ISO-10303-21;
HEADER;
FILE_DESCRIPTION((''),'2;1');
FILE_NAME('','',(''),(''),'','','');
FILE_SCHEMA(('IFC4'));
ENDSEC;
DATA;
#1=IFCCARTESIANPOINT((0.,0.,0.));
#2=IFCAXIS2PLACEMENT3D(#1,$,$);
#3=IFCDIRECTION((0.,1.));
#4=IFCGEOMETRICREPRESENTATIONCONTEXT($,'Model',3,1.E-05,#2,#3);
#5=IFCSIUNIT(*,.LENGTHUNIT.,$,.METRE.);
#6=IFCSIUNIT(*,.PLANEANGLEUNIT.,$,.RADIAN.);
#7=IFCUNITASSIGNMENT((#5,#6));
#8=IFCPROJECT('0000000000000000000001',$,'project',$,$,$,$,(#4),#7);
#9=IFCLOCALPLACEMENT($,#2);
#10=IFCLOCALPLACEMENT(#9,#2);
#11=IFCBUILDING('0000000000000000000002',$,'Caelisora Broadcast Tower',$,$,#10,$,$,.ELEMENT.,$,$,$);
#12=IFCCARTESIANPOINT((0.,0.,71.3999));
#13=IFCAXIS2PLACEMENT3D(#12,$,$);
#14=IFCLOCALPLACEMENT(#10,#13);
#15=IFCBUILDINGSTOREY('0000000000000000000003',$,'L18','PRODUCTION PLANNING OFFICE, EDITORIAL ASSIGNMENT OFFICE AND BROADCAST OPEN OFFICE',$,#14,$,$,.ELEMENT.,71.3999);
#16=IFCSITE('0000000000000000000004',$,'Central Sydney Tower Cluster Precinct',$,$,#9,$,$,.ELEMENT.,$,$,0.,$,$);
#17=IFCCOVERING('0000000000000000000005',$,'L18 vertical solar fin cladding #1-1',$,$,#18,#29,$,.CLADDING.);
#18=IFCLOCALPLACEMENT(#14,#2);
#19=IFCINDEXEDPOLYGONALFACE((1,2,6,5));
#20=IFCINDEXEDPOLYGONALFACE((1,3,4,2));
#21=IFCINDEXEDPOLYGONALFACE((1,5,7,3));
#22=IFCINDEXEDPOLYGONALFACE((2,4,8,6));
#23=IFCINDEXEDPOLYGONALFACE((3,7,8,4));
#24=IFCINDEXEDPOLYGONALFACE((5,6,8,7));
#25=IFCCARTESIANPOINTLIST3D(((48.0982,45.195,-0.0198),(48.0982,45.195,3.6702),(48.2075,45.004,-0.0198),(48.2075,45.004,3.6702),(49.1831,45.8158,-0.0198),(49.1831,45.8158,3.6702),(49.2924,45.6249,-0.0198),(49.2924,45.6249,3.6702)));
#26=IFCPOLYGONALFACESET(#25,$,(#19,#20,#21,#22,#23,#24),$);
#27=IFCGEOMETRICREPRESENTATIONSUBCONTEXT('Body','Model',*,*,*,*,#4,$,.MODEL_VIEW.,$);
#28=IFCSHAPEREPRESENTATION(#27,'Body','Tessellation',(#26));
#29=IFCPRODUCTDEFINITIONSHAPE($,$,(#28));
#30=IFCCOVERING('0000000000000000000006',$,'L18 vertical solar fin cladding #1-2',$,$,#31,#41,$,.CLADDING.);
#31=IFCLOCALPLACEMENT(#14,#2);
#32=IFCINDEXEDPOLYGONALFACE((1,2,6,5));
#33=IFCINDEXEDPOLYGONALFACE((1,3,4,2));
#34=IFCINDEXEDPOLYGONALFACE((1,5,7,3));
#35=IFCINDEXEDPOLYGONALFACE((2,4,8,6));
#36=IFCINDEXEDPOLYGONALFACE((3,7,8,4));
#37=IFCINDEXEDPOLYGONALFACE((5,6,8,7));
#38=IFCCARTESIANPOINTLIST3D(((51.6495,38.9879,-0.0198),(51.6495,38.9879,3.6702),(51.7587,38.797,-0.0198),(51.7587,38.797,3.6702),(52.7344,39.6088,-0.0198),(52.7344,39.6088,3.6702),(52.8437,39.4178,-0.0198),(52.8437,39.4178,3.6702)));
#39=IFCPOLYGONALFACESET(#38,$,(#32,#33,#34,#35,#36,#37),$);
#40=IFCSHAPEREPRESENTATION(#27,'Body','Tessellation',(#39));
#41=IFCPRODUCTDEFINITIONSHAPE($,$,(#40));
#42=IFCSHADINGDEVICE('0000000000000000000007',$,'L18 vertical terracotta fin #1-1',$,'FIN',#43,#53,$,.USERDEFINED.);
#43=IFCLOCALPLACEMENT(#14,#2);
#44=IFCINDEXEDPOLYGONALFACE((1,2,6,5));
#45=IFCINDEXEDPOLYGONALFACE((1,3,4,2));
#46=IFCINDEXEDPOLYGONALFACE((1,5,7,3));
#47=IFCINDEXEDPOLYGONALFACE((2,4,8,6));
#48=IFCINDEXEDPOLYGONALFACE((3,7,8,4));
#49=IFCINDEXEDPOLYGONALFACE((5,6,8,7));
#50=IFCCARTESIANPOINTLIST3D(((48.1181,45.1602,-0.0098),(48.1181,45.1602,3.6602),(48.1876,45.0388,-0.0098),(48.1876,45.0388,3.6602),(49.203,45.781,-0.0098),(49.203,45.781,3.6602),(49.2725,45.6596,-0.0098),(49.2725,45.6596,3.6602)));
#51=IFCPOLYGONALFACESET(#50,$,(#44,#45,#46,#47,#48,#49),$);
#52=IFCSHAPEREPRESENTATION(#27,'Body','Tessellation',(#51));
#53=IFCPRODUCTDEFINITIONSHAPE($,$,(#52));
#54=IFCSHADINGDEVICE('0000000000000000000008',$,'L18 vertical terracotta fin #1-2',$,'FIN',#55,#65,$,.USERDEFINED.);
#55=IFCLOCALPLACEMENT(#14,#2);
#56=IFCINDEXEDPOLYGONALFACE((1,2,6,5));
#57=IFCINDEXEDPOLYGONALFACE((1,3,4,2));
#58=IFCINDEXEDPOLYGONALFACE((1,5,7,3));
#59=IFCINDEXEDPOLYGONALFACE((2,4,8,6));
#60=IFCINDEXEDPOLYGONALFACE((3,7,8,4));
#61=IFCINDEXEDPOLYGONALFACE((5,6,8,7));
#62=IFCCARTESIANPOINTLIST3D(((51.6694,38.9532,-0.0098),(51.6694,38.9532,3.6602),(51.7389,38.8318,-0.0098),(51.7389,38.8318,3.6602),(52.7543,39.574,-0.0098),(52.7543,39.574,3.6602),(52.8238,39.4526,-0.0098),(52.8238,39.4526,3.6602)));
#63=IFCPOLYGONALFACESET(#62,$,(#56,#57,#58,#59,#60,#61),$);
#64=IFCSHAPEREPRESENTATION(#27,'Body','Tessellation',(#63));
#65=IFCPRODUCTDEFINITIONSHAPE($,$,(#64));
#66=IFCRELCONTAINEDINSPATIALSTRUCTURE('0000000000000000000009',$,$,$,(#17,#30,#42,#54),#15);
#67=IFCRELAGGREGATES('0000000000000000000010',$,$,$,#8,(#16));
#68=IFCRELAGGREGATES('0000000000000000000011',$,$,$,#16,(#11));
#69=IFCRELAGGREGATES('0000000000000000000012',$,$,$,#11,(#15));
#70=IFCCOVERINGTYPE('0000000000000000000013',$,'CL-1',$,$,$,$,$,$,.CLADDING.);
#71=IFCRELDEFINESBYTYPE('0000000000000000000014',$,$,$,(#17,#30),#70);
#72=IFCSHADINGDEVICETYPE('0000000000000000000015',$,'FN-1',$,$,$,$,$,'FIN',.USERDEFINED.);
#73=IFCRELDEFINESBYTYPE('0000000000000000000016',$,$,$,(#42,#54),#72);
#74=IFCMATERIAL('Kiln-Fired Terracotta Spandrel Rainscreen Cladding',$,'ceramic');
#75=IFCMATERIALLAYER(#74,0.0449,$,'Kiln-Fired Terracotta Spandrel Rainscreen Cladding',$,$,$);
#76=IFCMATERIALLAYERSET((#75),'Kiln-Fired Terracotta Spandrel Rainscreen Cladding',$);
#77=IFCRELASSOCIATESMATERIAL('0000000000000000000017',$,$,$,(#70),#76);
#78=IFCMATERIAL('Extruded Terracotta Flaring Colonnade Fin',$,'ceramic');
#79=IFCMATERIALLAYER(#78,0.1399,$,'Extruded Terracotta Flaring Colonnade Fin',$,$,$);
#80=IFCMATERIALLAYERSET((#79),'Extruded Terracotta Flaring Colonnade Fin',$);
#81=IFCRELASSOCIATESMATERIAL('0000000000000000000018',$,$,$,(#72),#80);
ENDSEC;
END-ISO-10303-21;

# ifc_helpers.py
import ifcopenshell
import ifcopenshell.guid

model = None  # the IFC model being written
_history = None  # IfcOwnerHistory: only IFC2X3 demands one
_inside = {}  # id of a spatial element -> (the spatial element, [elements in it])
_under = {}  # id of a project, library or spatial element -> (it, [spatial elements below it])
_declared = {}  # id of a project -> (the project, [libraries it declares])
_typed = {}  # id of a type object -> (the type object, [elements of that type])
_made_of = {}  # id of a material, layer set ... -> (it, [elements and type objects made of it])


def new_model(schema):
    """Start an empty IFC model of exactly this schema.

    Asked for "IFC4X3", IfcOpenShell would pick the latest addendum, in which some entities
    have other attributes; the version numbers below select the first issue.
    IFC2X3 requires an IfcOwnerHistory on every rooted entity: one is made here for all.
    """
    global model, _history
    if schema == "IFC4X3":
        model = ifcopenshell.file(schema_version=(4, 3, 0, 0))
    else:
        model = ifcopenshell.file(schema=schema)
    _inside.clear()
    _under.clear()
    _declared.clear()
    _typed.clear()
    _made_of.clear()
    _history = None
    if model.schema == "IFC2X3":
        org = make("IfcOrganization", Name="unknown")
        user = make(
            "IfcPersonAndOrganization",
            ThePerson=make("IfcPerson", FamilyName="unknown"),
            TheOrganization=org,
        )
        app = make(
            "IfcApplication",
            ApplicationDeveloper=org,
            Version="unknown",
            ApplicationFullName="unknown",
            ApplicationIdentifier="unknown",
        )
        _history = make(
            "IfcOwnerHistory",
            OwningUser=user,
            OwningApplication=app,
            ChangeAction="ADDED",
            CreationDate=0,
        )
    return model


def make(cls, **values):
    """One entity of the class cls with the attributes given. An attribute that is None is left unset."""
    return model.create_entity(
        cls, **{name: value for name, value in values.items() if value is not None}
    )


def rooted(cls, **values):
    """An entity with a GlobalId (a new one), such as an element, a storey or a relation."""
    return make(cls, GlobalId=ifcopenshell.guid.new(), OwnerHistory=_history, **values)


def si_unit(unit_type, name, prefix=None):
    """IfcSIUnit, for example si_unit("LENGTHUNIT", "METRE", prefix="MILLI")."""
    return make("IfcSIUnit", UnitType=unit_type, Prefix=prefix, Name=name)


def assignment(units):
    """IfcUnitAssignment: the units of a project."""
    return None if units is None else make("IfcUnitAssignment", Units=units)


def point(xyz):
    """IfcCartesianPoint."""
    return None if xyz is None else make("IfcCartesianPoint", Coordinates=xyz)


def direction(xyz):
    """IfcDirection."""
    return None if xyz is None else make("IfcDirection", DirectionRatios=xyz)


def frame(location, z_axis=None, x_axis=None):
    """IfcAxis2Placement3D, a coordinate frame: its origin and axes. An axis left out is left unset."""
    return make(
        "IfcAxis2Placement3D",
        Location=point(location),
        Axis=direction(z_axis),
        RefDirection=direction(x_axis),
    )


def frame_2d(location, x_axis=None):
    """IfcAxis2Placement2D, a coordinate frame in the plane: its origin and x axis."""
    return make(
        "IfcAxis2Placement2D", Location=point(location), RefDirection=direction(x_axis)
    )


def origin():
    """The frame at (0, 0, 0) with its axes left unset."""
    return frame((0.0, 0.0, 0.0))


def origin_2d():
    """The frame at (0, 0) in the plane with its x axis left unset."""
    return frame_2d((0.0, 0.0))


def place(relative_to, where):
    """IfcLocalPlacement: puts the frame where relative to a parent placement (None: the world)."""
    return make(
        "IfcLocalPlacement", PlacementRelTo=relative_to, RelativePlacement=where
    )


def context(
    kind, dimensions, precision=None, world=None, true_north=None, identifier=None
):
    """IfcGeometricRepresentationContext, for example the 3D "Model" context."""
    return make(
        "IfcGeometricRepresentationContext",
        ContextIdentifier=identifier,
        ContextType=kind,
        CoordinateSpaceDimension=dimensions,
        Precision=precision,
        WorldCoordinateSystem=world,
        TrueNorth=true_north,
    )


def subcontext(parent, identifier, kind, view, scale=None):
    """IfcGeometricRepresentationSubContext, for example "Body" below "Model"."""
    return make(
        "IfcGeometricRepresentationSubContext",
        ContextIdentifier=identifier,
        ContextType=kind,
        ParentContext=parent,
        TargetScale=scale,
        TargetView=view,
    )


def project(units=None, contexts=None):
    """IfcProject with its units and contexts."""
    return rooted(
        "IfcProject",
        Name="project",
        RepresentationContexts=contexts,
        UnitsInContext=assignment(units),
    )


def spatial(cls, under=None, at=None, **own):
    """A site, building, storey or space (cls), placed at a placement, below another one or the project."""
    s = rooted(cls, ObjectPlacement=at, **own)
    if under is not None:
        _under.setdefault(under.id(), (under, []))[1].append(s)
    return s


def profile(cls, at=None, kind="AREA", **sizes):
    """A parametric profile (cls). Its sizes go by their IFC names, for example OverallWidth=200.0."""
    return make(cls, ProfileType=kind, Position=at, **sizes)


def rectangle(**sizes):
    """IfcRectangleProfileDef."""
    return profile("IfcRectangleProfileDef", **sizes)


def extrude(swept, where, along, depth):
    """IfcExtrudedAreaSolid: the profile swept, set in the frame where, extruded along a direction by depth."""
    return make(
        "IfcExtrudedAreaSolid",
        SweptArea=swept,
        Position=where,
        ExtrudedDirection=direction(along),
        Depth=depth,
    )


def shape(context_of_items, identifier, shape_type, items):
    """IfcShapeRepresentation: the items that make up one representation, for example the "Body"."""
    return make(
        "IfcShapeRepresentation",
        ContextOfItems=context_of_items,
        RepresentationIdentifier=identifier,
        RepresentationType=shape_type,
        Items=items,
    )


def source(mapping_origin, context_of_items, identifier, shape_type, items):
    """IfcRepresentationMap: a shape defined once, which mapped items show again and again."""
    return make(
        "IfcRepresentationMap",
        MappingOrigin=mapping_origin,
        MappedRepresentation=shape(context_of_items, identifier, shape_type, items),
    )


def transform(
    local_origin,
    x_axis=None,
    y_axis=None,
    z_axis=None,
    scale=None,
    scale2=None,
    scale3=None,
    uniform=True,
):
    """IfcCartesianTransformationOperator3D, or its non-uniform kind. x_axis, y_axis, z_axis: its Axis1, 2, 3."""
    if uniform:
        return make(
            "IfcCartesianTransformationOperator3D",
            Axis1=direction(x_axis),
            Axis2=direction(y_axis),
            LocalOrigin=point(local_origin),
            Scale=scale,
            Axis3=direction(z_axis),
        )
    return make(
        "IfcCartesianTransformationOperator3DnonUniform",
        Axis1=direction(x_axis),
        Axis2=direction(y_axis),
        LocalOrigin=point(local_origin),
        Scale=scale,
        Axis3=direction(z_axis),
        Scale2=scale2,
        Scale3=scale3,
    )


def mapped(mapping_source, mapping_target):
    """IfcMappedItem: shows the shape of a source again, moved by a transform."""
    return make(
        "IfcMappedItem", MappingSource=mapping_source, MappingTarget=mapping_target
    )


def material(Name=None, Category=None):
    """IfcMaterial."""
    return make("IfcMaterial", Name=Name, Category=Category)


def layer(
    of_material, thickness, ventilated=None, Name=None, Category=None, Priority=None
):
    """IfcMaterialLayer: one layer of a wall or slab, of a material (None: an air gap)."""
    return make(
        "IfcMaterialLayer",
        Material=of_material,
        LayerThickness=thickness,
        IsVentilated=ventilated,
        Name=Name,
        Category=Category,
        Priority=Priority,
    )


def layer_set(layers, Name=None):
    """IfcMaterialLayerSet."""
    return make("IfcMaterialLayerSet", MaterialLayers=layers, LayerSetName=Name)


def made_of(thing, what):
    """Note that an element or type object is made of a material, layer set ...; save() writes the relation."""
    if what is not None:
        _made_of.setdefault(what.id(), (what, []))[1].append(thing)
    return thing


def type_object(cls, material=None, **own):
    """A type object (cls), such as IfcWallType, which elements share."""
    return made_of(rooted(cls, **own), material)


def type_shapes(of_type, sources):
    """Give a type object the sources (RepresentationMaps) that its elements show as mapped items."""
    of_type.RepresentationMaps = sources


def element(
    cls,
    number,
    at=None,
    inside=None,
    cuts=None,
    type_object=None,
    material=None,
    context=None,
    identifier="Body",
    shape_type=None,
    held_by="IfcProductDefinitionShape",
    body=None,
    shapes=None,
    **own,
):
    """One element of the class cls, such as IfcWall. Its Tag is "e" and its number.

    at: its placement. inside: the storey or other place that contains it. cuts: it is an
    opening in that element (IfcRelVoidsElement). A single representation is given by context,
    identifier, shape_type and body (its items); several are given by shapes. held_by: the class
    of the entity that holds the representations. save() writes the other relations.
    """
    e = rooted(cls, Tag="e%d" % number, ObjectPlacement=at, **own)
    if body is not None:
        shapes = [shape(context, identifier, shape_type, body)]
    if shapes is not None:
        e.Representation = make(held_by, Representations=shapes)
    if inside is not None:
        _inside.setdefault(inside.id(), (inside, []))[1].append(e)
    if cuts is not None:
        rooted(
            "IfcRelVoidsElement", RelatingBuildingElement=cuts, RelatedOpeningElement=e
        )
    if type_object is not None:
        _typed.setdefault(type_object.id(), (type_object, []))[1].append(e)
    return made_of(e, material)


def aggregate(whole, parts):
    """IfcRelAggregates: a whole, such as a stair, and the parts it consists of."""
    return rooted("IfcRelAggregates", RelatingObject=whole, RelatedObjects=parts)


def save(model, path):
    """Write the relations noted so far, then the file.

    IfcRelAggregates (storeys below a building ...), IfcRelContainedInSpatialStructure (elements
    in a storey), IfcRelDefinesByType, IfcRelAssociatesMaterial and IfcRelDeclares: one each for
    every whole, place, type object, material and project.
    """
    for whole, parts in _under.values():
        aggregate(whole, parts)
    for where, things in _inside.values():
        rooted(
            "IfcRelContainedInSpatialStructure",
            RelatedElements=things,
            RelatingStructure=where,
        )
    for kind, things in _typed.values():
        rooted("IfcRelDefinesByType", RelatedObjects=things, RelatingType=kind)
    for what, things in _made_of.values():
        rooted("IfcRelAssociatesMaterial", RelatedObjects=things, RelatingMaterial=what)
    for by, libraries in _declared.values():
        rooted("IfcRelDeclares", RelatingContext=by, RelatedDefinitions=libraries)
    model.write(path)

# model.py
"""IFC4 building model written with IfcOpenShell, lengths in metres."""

from ifc_helpers import new_model, si_unit, direction, frame, origin, origin_2d, place, context, subcontext, project, spatial, rectangle, extrude, source, transform, mapped, material, layer, layer_set, type_object, type_shapes, element, save


model = new_model("IFC4")

# Units and contexts
model_context = context("Model", 3, precision=1e-05, world=origin(), true_north=direction((0.0, 1.0)))
body_context = subcontext(model_context, "Body", "Model", "MODEL_VIEW")
ifc_project = project(units=[si_unit("LENGTHUNIT", "METRE"), si_unit("PLANEANGLEUNIT", "RADIAN")], contexts=[model_context])

# Site, building, storey
site_placement = place(None, origin())
site = spatial("IfcSite", under=ifc_project, at=site_placement, Name="Central Sydney Tower Cluster Precinct", CompositionType="ELEMENT", RefElevation=0.0)
building_placement = place(site_placement, origin())
building = spatial("IfcBuilding", under=site, at=building_placement, Name="Caelisora Broadcast Tower", CompositionType="ELEMENT")
storey_placement = place(building_placement, frame((0.0, 0.0, 71.3999)))
storey = spatial("IfcBuildingStorey", under=building, at=storey_placement, Name="L18", Description="PRODUCTION PLANNING OFFICE, EDITORIAL ASSIGNMENT OFFICE AND BROADCAST OPEN OFFICE", CompositionType="ELEMENT", Elevation=71.3999)

# Coverings
ifc_material_1 = material(Name="Kiln-Fired Terracotta Spandrel Rainscreen Cladding", Category="ceramic")
ifc_layer_1 = layer(ifc_material_1, 0.0449, Name="Kiln-Fired Terracotta Spandrel Rainscreen Cladding")
ifc_layer_set_1 = layer_set([ifc_layer_1], Name="Kiln-Fired Terracotta Spandrel Rainscreen Cladding")
covering_type = type_object("IfcCoveringType", Name="CL-1", PredefinedType="CLADDING", material=ifc_layer_set_1)
shared_shape_1 = source(origin(), body_context, "Body", "SweptSolid", [
    extrude(rectangle(XDim=0.22, YDim=1.25, at=origin_2d()), origin(), (0.0, 0.0, 1.0), 3.6899),
])
type_shapes(covering_type, [shared_shape_1])
for number, where, z_axis, x_axis, name in (
    (1, (48.6953, 45.4099, -0.0198), (0.0, 0.0, 1.0), (0.496671, -0.867939, 0.0), "L18 vertical solar fin cladding #1-1"),
    (2, (52.2466, 39.2029, -0.0198), (0.0, 0.0, 1.0), (0.496671, -0.867939, 0.0), "L18 vertical solar fin cladding #1-2"),
):
    element("IfcCovering", number, at=place(storey_placement, frame(where, z_axis=z_axis, x_axis=x_axis)), inside=storey, type_object=covering_type, Name=name, PredefinedType="CLADDING", context=body_context, shape_type="MappedRepresentation", body=[
        mapped(shared_shape_1, transform((0.0, 0.0, 0.0), scale=1.0)),
    ])

# Shading devices
ifc_material_2 = material(Name="Extruded Terracotta Flaring Colonnade Fin", Category="ceramic")
ifc_layer_2 = layer(ifc_material_2, 0.1399, Name="Extruded Terracotta Flaring Colonnade Fin")
ifc_layer_set_2 = layer_set([ifc_layer_2], Name="Extruded Terracotta Flaring Colonnade Fin")
shading_device_type = type_object("IfcShadingDeviceType", Name="FN-1", ElementType="FIN", PredefinedType="USERDEFINED", material=ifc_layer_set_2)
shared_shape_2 = source(origin(), body_context, "Body", "SweptSolid", [
    extrude(rectangle(XDim=0.1399, YDim=1.25, at=origin_2d()), origin(), (0.0, 0.0, 1.0), 3.6699),
])
type_shapes(shading_device_type, [shared_shape_2])
for number, where, z_axis, x_axis, name in (
    (3, (48.6953, 45.4099, -0.0098), (0.0, 0.0, 1.0), (0.496671, -0.867939, 0.0), "L18 vertical terracotta fin #1-1"),
    (4, (52.2466, 39.2029, -0.0098), (0.0, 0.0, 1.0), (0.496671, -0.867939, 0.0), "L18 vertical terracotta fin #1-2"),
):
    element("IfcShadingDevice", number, at=place(storey_placement, frame(where, z_axis=z_axis, x_axis=x_axis)), inside=storey, type_object=shading_device_type, Name=name, ObjectType="FIN", PredefinedType="USERDEFINED", context=body_context, shape_type="MappedRepresentation", body=[
        mapped(shared_shape_2, transform((0.0, 0.0, 0.0), scale=1.0)),
    ])

save(model, "model.ifc")
